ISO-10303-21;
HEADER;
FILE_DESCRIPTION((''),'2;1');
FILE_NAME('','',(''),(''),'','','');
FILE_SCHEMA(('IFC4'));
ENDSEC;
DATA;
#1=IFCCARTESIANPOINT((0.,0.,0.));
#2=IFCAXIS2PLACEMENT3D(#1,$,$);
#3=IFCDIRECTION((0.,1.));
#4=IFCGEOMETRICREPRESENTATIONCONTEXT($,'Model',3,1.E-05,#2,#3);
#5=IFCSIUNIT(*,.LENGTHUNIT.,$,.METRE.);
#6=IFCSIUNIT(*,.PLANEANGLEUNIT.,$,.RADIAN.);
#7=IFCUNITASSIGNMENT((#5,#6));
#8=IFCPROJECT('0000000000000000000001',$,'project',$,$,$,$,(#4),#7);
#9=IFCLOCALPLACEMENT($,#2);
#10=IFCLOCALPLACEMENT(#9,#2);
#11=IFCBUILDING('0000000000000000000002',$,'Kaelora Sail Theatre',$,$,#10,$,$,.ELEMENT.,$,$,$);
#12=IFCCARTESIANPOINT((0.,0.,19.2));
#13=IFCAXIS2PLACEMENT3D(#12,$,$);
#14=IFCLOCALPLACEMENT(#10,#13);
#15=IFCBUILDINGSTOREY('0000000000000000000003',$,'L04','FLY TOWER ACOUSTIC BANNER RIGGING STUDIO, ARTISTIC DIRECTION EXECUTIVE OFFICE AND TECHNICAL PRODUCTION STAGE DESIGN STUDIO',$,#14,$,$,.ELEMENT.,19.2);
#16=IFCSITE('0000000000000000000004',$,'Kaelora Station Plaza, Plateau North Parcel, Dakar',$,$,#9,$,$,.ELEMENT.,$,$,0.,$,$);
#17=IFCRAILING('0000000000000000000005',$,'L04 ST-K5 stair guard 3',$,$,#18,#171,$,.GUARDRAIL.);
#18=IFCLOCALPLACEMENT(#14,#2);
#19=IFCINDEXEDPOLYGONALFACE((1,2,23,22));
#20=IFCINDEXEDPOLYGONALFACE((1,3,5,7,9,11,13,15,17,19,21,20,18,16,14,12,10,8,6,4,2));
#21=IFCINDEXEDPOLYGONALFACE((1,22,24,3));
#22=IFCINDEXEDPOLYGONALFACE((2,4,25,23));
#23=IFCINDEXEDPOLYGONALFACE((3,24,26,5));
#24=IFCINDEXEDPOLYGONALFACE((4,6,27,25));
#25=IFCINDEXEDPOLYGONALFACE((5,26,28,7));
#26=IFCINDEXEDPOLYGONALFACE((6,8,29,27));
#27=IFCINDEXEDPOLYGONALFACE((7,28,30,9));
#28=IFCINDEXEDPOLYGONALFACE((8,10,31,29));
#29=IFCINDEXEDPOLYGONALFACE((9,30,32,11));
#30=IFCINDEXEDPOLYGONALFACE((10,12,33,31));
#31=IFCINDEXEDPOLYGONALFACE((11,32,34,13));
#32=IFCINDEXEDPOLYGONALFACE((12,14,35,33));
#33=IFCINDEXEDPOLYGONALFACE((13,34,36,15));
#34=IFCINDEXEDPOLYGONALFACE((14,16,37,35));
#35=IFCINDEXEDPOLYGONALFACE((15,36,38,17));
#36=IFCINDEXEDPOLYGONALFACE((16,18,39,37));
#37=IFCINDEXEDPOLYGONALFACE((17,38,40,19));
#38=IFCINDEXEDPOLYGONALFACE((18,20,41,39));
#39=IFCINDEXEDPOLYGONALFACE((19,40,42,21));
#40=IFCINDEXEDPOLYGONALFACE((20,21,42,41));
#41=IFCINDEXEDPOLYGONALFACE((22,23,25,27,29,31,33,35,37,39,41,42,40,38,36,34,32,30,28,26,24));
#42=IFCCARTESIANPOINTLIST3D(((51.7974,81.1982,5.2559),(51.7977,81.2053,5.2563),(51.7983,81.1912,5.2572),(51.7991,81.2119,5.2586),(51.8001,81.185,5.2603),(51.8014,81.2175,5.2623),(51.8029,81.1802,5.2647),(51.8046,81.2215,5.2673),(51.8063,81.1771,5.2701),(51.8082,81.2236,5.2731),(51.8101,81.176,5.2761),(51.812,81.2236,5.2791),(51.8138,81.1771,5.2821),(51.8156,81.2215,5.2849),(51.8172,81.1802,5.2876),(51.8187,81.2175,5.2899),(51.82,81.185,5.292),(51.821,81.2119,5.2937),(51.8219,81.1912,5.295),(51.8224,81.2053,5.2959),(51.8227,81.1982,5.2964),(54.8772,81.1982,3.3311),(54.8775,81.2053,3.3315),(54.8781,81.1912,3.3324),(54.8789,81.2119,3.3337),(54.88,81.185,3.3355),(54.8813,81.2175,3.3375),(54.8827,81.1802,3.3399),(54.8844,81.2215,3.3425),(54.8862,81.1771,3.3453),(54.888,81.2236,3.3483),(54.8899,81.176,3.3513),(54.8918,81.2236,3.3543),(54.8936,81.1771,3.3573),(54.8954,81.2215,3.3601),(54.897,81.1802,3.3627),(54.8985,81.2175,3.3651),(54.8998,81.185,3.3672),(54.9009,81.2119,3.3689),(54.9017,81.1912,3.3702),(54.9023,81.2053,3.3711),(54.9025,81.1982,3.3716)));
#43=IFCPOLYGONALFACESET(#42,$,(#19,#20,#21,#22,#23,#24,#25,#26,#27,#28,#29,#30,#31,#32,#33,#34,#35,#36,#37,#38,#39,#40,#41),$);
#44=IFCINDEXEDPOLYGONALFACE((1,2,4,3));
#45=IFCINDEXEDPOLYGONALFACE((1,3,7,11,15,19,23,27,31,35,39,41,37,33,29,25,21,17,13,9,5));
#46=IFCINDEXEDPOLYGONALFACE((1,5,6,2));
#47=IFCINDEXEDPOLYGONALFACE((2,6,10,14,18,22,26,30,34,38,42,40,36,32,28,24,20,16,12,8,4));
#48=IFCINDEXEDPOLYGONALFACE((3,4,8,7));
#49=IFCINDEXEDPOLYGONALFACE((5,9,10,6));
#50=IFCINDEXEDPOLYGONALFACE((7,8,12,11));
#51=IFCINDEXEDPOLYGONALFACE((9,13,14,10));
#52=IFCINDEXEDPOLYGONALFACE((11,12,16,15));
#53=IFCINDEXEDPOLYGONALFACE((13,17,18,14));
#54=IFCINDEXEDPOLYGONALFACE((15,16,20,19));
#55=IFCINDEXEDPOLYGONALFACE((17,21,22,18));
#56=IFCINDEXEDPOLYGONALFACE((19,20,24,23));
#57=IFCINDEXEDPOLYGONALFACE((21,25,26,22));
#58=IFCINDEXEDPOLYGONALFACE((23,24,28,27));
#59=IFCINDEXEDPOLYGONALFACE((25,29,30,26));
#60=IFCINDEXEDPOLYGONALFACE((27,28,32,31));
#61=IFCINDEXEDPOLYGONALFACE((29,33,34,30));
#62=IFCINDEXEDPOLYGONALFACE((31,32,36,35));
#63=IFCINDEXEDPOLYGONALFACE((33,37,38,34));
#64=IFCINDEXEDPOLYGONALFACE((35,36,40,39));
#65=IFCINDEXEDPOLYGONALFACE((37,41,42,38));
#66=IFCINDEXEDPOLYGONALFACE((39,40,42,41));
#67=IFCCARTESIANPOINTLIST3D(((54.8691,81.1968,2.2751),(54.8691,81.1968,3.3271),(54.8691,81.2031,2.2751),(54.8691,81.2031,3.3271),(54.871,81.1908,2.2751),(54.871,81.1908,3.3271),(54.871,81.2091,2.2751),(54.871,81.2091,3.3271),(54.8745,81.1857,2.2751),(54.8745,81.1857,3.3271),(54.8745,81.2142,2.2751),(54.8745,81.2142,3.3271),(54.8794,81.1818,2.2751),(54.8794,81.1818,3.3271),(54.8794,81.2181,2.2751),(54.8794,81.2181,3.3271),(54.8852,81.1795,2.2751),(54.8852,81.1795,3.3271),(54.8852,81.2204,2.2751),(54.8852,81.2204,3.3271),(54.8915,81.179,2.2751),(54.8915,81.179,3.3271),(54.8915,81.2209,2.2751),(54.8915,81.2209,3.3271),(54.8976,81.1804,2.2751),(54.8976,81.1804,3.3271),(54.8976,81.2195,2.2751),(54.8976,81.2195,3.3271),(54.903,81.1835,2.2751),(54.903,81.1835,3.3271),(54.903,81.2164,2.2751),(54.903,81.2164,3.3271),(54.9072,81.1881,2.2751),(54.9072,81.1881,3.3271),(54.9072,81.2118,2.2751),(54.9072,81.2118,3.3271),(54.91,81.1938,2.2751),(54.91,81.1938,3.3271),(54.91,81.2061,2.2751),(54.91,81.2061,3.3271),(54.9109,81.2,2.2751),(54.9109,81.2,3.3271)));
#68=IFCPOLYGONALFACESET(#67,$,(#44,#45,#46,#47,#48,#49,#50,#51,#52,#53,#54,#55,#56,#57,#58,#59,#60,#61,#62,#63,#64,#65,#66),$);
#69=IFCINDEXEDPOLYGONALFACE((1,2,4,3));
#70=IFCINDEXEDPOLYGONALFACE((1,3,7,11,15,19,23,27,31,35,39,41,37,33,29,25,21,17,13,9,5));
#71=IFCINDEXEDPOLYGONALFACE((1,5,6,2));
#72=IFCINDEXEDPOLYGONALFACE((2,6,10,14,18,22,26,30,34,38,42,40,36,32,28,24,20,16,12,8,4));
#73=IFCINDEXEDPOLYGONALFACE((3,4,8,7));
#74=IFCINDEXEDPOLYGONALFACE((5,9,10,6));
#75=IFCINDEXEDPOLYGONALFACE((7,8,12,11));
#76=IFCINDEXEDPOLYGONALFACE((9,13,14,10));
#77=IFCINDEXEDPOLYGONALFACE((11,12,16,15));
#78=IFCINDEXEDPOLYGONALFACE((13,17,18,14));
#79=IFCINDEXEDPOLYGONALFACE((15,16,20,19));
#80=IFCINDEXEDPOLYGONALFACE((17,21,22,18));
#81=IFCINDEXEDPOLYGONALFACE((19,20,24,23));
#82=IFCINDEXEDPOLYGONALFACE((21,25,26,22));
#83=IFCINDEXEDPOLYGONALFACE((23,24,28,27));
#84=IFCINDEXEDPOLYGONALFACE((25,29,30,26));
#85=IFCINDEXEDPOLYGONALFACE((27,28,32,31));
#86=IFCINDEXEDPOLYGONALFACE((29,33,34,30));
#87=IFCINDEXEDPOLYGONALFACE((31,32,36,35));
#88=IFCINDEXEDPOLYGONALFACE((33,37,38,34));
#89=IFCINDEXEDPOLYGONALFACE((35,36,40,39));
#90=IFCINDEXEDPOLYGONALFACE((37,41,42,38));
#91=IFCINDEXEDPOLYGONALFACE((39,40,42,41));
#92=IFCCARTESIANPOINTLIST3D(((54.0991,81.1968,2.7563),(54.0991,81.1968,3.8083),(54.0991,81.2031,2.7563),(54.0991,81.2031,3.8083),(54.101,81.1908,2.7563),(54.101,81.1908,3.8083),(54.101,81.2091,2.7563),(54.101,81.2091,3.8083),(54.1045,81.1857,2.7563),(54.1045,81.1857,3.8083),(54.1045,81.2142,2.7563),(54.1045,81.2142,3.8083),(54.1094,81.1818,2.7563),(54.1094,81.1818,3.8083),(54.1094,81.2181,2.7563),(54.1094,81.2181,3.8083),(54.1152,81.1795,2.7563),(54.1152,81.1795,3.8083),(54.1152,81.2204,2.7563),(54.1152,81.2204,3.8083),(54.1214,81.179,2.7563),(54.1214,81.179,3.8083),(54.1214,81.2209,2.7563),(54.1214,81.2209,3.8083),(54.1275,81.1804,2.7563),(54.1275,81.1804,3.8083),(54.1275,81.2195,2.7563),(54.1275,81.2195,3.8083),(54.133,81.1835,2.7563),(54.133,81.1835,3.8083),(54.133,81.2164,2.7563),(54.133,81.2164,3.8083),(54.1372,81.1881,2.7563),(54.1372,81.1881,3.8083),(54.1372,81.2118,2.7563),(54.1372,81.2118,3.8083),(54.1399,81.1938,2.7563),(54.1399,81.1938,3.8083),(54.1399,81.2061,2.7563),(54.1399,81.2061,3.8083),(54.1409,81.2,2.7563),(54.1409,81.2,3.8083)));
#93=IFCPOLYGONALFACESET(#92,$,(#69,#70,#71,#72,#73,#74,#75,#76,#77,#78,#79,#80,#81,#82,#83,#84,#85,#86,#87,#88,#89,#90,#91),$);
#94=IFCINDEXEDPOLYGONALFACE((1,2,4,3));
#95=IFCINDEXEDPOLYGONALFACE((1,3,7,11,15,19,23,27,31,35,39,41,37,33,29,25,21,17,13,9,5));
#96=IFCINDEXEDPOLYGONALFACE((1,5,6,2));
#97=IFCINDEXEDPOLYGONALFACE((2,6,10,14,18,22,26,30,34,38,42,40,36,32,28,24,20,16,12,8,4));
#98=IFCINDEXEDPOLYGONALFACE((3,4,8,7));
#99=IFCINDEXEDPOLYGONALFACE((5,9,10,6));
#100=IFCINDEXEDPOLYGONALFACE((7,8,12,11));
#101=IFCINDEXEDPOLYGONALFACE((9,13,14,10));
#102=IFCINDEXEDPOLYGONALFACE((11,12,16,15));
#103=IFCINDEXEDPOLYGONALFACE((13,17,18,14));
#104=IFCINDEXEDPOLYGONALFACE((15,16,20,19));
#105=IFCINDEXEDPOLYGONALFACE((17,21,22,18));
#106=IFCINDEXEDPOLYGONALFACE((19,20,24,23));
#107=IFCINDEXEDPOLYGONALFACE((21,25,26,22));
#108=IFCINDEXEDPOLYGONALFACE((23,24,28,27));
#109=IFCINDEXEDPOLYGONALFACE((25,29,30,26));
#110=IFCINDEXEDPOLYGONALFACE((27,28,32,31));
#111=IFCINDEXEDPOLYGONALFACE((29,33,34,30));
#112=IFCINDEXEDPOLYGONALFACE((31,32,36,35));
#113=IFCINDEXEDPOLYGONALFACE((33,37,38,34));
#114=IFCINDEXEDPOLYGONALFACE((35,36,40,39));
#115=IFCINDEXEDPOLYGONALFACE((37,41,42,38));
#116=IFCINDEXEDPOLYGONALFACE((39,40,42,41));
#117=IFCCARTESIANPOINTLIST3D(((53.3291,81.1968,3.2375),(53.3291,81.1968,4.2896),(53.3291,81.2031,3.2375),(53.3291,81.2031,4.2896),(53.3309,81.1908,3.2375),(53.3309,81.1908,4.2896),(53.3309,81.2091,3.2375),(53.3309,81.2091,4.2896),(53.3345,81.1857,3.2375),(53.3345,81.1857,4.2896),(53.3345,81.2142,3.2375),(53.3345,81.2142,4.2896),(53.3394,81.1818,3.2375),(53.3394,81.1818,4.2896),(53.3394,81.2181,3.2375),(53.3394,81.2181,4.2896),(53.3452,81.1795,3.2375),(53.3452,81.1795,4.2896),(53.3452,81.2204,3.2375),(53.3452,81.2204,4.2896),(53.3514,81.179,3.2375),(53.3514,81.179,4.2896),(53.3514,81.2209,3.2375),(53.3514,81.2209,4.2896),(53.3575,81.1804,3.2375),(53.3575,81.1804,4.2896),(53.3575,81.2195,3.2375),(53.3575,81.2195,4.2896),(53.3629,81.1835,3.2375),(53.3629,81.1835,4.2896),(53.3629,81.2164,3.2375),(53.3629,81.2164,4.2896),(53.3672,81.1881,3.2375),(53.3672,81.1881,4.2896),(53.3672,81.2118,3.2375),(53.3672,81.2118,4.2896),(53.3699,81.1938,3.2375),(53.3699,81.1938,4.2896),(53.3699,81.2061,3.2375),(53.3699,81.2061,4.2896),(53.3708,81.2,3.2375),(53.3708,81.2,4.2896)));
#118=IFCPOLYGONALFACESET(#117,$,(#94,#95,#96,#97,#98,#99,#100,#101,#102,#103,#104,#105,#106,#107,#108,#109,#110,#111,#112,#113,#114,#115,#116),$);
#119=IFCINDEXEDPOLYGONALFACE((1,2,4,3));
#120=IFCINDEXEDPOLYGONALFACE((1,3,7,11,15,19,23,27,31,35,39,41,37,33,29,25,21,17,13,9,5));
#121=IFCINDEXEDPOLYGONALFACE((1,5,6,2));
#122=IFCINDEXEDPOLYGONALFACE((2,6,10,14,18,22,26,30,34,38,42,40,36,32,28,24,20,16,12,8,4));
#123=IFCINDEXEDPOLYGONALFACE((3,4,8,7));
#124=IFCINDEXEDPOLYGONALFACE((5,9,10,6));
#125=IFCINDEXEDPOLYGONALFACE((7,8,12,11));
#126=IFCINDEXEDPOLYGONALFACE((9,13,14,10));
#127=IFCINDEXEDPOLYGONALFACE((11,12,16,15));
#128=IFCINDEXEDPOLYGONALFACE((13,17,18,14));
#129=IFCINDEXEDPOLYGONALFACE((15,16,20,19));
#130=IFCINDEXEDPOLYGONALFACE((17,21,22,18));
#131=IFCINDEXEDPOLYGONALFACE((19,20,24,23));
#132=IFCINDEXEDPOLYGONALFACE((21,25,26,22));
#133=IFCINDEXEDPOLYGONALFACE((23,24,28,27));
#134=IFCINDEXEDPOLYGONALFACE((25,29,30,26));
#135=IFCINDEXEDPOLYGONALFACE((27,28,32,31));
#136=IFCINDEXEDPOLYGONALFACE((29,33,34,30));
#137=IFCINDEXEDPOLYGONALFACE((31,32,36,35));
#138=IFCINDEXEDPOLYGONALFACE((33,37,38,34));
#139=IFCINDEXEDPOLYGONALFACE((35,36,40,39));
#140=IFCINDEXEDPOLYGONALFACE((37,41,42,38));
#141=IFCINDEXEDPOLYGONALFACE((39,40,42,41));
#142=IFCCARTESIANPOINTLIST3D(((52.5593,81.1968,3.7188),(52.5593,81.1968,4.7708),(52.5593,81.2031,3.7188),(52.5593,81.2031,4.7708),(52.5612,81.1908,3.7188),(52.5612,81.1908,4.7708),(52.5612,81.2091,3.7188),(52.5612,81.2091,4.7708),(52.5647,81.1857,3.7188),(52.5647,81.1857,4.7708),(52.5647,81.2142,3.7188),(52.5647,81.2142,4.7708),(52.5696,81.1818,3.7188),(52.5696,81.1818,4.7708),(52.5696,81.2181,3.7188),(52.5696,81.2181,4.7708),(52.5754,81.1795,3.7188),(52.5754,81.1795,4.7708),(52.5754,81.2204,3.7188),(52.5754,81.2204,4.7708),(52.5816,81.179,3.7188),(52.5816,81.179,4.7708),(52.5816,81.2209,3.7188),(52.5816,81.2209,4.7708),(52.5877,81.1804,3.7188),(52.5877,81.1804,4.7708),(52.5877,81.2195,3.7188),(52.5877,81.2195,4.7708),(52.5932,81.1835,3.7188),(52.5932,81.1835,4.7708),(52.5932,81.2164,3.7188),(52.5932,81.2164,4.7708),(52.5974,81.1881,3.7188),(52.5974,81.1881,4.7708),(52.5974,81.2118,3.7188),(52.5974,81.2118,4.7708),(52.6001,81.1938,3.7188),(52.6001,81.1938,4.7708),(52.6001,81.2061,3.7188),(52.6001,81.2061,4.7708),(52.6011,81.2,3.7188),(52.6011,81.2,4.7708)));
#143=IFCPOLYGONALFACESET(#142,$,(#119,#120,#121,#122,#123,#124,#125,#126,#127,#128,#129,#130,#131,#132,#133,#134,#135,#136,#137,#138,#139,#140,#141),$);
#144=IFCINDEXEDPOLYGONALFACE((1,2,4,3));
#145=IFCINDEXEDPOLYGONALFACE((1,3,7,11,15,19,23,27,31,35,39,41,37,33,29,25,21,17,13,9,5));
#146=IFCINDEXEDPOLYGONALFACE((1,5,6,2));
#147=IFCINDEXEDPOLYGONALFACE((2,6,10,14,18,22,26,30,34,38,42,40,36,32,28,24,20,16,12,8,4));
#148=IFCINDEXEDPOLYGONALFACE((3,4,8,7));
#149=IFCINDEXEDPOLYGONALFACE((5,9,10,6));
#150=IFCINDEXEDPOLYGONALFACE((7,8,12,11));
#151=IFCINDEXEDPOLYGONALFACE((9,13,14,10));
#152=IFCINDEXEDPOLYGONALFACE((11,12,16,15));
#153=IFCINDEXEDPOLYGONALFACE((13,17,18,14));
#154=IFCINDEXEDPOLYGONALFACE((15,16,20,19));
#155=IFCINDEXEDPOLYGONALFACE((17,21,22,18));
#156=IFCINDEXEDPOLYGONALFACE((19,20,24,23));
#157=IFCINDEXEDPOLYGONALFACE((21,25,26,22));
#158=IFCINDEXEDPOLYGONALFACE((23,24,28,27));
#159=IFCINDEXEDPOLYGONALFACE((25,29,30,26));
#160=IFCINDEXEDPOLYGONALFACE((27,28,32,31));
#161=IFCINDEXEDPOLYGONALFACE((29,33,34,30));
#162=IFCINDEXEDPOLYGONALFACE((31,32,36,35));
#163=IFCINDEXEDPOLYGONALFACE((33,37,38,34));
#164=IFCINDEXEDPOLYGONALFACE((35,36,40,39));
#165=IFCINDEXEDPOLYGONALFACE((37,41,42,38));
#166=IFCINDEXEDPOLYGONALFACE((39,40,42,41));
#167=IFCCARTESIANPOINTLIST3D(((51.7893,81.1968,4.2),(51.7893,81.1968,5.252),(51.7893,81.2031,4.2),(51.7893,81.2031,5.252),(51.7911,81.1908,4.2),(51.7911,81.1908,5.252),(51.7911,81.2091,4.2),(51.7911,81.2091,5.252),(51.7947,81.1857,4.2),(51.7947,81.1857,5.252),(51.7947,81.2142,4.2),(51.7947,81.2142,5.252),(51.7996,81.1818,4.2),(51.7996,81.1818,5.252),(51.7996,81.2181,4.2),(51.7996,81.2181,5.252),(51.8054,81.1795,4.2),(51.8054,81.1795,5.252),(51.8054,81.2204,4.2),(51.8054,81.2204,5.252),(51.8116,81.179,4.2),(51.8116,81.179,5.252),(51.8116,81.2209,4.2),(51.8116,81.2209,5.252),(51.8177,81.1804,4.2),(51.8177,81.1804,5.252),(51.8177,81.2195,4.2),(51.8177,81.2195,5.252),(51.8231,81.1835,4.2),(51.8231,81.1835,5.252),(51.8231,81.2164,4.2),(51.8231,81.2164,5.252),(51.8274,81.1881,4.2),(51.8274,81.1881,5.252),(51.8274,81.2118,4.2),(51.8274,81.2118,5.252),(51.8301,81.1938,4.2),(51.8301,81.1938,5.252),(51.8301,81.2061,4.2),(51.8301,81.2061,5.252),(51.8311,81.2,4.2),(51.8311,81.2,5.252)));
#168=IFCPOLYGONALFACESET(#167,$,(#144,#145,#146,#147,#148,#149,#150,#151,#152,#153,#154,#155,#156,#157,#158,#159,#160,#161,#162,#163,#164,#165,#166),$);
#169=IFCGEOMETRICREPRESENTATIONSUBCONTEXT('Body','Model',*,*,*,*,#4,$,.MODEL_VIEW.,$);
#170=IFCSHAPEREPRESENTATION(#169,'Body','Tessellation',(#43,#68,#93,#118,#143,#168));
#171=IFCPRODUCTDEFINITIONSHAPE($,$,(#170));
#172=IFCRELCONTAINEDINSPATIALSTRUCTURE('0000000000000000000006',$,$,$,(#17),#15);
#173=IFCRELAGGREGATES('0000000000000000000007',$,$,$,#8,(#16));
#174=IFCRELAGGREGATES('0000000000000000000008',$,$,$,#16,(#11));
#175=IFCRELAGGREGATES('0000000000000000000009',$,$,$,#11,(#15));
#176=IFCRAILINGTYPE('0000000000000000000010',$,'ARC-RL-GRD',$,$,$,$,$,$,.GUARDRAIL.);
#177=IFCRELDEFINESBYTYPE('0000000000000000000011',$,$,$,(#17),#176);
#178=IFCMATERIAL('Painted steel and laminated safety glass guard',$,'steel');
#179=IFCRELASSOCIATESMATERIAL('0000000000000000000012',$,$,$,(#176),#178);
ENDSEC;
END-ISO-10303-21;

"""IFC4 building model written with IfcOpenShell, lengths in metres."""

from ifc_helpers import new_model, si_unit, direction, frame, origin, origin_2d, place, context, subcontext, project, spatial, circle, extrude, material, type_object, element, save


model = new_model("IFC4")

# Units and contexts
model_context = context("Model", 3, precision=1e-05, world=origin(), true_north=direction((0.0, 1.0)))
body_context = subcontext(model_context, "Body", "Model", "MODEL_VIEW")
ifc_project = project(units=[si_unit("LENGTHUNIT", "METRE"), si_unit("PLANEANGLEUNIT", "RADIAN")], contexts=[model_context])

# Site, building, storey
site_placement = place(None, origin())
site = spatial("IfcSite", under=ifc_project, at=site_placement, Name="Kaelora Station Plaza, Plateau North Parcel, Dakar", CompositionType="ELEMENT", RefElevation=0.0)
building_placement = place(site_placement, origin())
building = spatial("IfcBuilding", under=site, at=building_placement, Name="Kaelora Sail Theatre", CompositionType="ELEMENT")
storey_placement = place(building_placement, frame((0.0, 0.0, 19.2)))
storey = spatial("IfcBuildingStorey", under=building, at=storey_placement, Name="L04", Description="FLY TOWER ACOUSTIC BANNER RIGGING STUDIO, ARTISTIC DIRECTION EXECUTIVE OFFICE AND TECHNICAL PRODUCTION STAGE DESIGN STUDIO", CompositionType="ELEMENT", Elevation=19.2)

# Railing
ifc_material_1 = material(Name="Painted steel and laminated safety glass guard", Category="steel")
railing_type_1 = type_object("IfcRailingType", Name="ARC-RL-GRD", PredefinedType="GUARDRAIL", material=ifc_material_1)
railing_1_placement = place(storey_placement, frame((54.8899, 81.2, 2.2751)))
element("IfcRailing", 1, at=railing_1_placement, inside=storey, type_object=railing_type_1, Name="L04 ST-K5 stair guard 3", PredefinedType="GUARDRAIL", context=body_context, shape_type="SweptSolid", body=[
    extrude(circle(Radius=0.0239, at=origin_2d()), frame((0.0, 0.0, 1.0762), z_axis=(-0.84801, 0.0, 0.529981), x_axis=(0.0, -1.0, 0.0)), (0.0, 0.0, 1.0), 3.6318),
    extrude(circle(Radius=0.021, at=origin_2d()), origin(), (0.0, 0.0, 1.0), 1.052),
    extrude(circle(Radius=0.021, at=origin_2d()), frame((-0.77, 0.0, 0.4812)), (0.0, 0.0, 1.0), 1.052),
    extrude(circle(Radius=0.021, at=origin_2d()), frame((-1.54, 0.0, 0.9624)), (0.0, 0.0, 1.0), 1.052),
    extrude(circle(Radius=0.021, at=origin_2d()), frame((-2.3098, 0.0, 1.4436)), (0.0, 0.0, 1.0), 1.052),
    extrude(circle(Radius=0.021, at=origin_2d()), frame((-3.0798, 0.0, 1.9248)), (0.0, 0.0, 1.0), 1.052),
])

save(model, "model.ifc")
